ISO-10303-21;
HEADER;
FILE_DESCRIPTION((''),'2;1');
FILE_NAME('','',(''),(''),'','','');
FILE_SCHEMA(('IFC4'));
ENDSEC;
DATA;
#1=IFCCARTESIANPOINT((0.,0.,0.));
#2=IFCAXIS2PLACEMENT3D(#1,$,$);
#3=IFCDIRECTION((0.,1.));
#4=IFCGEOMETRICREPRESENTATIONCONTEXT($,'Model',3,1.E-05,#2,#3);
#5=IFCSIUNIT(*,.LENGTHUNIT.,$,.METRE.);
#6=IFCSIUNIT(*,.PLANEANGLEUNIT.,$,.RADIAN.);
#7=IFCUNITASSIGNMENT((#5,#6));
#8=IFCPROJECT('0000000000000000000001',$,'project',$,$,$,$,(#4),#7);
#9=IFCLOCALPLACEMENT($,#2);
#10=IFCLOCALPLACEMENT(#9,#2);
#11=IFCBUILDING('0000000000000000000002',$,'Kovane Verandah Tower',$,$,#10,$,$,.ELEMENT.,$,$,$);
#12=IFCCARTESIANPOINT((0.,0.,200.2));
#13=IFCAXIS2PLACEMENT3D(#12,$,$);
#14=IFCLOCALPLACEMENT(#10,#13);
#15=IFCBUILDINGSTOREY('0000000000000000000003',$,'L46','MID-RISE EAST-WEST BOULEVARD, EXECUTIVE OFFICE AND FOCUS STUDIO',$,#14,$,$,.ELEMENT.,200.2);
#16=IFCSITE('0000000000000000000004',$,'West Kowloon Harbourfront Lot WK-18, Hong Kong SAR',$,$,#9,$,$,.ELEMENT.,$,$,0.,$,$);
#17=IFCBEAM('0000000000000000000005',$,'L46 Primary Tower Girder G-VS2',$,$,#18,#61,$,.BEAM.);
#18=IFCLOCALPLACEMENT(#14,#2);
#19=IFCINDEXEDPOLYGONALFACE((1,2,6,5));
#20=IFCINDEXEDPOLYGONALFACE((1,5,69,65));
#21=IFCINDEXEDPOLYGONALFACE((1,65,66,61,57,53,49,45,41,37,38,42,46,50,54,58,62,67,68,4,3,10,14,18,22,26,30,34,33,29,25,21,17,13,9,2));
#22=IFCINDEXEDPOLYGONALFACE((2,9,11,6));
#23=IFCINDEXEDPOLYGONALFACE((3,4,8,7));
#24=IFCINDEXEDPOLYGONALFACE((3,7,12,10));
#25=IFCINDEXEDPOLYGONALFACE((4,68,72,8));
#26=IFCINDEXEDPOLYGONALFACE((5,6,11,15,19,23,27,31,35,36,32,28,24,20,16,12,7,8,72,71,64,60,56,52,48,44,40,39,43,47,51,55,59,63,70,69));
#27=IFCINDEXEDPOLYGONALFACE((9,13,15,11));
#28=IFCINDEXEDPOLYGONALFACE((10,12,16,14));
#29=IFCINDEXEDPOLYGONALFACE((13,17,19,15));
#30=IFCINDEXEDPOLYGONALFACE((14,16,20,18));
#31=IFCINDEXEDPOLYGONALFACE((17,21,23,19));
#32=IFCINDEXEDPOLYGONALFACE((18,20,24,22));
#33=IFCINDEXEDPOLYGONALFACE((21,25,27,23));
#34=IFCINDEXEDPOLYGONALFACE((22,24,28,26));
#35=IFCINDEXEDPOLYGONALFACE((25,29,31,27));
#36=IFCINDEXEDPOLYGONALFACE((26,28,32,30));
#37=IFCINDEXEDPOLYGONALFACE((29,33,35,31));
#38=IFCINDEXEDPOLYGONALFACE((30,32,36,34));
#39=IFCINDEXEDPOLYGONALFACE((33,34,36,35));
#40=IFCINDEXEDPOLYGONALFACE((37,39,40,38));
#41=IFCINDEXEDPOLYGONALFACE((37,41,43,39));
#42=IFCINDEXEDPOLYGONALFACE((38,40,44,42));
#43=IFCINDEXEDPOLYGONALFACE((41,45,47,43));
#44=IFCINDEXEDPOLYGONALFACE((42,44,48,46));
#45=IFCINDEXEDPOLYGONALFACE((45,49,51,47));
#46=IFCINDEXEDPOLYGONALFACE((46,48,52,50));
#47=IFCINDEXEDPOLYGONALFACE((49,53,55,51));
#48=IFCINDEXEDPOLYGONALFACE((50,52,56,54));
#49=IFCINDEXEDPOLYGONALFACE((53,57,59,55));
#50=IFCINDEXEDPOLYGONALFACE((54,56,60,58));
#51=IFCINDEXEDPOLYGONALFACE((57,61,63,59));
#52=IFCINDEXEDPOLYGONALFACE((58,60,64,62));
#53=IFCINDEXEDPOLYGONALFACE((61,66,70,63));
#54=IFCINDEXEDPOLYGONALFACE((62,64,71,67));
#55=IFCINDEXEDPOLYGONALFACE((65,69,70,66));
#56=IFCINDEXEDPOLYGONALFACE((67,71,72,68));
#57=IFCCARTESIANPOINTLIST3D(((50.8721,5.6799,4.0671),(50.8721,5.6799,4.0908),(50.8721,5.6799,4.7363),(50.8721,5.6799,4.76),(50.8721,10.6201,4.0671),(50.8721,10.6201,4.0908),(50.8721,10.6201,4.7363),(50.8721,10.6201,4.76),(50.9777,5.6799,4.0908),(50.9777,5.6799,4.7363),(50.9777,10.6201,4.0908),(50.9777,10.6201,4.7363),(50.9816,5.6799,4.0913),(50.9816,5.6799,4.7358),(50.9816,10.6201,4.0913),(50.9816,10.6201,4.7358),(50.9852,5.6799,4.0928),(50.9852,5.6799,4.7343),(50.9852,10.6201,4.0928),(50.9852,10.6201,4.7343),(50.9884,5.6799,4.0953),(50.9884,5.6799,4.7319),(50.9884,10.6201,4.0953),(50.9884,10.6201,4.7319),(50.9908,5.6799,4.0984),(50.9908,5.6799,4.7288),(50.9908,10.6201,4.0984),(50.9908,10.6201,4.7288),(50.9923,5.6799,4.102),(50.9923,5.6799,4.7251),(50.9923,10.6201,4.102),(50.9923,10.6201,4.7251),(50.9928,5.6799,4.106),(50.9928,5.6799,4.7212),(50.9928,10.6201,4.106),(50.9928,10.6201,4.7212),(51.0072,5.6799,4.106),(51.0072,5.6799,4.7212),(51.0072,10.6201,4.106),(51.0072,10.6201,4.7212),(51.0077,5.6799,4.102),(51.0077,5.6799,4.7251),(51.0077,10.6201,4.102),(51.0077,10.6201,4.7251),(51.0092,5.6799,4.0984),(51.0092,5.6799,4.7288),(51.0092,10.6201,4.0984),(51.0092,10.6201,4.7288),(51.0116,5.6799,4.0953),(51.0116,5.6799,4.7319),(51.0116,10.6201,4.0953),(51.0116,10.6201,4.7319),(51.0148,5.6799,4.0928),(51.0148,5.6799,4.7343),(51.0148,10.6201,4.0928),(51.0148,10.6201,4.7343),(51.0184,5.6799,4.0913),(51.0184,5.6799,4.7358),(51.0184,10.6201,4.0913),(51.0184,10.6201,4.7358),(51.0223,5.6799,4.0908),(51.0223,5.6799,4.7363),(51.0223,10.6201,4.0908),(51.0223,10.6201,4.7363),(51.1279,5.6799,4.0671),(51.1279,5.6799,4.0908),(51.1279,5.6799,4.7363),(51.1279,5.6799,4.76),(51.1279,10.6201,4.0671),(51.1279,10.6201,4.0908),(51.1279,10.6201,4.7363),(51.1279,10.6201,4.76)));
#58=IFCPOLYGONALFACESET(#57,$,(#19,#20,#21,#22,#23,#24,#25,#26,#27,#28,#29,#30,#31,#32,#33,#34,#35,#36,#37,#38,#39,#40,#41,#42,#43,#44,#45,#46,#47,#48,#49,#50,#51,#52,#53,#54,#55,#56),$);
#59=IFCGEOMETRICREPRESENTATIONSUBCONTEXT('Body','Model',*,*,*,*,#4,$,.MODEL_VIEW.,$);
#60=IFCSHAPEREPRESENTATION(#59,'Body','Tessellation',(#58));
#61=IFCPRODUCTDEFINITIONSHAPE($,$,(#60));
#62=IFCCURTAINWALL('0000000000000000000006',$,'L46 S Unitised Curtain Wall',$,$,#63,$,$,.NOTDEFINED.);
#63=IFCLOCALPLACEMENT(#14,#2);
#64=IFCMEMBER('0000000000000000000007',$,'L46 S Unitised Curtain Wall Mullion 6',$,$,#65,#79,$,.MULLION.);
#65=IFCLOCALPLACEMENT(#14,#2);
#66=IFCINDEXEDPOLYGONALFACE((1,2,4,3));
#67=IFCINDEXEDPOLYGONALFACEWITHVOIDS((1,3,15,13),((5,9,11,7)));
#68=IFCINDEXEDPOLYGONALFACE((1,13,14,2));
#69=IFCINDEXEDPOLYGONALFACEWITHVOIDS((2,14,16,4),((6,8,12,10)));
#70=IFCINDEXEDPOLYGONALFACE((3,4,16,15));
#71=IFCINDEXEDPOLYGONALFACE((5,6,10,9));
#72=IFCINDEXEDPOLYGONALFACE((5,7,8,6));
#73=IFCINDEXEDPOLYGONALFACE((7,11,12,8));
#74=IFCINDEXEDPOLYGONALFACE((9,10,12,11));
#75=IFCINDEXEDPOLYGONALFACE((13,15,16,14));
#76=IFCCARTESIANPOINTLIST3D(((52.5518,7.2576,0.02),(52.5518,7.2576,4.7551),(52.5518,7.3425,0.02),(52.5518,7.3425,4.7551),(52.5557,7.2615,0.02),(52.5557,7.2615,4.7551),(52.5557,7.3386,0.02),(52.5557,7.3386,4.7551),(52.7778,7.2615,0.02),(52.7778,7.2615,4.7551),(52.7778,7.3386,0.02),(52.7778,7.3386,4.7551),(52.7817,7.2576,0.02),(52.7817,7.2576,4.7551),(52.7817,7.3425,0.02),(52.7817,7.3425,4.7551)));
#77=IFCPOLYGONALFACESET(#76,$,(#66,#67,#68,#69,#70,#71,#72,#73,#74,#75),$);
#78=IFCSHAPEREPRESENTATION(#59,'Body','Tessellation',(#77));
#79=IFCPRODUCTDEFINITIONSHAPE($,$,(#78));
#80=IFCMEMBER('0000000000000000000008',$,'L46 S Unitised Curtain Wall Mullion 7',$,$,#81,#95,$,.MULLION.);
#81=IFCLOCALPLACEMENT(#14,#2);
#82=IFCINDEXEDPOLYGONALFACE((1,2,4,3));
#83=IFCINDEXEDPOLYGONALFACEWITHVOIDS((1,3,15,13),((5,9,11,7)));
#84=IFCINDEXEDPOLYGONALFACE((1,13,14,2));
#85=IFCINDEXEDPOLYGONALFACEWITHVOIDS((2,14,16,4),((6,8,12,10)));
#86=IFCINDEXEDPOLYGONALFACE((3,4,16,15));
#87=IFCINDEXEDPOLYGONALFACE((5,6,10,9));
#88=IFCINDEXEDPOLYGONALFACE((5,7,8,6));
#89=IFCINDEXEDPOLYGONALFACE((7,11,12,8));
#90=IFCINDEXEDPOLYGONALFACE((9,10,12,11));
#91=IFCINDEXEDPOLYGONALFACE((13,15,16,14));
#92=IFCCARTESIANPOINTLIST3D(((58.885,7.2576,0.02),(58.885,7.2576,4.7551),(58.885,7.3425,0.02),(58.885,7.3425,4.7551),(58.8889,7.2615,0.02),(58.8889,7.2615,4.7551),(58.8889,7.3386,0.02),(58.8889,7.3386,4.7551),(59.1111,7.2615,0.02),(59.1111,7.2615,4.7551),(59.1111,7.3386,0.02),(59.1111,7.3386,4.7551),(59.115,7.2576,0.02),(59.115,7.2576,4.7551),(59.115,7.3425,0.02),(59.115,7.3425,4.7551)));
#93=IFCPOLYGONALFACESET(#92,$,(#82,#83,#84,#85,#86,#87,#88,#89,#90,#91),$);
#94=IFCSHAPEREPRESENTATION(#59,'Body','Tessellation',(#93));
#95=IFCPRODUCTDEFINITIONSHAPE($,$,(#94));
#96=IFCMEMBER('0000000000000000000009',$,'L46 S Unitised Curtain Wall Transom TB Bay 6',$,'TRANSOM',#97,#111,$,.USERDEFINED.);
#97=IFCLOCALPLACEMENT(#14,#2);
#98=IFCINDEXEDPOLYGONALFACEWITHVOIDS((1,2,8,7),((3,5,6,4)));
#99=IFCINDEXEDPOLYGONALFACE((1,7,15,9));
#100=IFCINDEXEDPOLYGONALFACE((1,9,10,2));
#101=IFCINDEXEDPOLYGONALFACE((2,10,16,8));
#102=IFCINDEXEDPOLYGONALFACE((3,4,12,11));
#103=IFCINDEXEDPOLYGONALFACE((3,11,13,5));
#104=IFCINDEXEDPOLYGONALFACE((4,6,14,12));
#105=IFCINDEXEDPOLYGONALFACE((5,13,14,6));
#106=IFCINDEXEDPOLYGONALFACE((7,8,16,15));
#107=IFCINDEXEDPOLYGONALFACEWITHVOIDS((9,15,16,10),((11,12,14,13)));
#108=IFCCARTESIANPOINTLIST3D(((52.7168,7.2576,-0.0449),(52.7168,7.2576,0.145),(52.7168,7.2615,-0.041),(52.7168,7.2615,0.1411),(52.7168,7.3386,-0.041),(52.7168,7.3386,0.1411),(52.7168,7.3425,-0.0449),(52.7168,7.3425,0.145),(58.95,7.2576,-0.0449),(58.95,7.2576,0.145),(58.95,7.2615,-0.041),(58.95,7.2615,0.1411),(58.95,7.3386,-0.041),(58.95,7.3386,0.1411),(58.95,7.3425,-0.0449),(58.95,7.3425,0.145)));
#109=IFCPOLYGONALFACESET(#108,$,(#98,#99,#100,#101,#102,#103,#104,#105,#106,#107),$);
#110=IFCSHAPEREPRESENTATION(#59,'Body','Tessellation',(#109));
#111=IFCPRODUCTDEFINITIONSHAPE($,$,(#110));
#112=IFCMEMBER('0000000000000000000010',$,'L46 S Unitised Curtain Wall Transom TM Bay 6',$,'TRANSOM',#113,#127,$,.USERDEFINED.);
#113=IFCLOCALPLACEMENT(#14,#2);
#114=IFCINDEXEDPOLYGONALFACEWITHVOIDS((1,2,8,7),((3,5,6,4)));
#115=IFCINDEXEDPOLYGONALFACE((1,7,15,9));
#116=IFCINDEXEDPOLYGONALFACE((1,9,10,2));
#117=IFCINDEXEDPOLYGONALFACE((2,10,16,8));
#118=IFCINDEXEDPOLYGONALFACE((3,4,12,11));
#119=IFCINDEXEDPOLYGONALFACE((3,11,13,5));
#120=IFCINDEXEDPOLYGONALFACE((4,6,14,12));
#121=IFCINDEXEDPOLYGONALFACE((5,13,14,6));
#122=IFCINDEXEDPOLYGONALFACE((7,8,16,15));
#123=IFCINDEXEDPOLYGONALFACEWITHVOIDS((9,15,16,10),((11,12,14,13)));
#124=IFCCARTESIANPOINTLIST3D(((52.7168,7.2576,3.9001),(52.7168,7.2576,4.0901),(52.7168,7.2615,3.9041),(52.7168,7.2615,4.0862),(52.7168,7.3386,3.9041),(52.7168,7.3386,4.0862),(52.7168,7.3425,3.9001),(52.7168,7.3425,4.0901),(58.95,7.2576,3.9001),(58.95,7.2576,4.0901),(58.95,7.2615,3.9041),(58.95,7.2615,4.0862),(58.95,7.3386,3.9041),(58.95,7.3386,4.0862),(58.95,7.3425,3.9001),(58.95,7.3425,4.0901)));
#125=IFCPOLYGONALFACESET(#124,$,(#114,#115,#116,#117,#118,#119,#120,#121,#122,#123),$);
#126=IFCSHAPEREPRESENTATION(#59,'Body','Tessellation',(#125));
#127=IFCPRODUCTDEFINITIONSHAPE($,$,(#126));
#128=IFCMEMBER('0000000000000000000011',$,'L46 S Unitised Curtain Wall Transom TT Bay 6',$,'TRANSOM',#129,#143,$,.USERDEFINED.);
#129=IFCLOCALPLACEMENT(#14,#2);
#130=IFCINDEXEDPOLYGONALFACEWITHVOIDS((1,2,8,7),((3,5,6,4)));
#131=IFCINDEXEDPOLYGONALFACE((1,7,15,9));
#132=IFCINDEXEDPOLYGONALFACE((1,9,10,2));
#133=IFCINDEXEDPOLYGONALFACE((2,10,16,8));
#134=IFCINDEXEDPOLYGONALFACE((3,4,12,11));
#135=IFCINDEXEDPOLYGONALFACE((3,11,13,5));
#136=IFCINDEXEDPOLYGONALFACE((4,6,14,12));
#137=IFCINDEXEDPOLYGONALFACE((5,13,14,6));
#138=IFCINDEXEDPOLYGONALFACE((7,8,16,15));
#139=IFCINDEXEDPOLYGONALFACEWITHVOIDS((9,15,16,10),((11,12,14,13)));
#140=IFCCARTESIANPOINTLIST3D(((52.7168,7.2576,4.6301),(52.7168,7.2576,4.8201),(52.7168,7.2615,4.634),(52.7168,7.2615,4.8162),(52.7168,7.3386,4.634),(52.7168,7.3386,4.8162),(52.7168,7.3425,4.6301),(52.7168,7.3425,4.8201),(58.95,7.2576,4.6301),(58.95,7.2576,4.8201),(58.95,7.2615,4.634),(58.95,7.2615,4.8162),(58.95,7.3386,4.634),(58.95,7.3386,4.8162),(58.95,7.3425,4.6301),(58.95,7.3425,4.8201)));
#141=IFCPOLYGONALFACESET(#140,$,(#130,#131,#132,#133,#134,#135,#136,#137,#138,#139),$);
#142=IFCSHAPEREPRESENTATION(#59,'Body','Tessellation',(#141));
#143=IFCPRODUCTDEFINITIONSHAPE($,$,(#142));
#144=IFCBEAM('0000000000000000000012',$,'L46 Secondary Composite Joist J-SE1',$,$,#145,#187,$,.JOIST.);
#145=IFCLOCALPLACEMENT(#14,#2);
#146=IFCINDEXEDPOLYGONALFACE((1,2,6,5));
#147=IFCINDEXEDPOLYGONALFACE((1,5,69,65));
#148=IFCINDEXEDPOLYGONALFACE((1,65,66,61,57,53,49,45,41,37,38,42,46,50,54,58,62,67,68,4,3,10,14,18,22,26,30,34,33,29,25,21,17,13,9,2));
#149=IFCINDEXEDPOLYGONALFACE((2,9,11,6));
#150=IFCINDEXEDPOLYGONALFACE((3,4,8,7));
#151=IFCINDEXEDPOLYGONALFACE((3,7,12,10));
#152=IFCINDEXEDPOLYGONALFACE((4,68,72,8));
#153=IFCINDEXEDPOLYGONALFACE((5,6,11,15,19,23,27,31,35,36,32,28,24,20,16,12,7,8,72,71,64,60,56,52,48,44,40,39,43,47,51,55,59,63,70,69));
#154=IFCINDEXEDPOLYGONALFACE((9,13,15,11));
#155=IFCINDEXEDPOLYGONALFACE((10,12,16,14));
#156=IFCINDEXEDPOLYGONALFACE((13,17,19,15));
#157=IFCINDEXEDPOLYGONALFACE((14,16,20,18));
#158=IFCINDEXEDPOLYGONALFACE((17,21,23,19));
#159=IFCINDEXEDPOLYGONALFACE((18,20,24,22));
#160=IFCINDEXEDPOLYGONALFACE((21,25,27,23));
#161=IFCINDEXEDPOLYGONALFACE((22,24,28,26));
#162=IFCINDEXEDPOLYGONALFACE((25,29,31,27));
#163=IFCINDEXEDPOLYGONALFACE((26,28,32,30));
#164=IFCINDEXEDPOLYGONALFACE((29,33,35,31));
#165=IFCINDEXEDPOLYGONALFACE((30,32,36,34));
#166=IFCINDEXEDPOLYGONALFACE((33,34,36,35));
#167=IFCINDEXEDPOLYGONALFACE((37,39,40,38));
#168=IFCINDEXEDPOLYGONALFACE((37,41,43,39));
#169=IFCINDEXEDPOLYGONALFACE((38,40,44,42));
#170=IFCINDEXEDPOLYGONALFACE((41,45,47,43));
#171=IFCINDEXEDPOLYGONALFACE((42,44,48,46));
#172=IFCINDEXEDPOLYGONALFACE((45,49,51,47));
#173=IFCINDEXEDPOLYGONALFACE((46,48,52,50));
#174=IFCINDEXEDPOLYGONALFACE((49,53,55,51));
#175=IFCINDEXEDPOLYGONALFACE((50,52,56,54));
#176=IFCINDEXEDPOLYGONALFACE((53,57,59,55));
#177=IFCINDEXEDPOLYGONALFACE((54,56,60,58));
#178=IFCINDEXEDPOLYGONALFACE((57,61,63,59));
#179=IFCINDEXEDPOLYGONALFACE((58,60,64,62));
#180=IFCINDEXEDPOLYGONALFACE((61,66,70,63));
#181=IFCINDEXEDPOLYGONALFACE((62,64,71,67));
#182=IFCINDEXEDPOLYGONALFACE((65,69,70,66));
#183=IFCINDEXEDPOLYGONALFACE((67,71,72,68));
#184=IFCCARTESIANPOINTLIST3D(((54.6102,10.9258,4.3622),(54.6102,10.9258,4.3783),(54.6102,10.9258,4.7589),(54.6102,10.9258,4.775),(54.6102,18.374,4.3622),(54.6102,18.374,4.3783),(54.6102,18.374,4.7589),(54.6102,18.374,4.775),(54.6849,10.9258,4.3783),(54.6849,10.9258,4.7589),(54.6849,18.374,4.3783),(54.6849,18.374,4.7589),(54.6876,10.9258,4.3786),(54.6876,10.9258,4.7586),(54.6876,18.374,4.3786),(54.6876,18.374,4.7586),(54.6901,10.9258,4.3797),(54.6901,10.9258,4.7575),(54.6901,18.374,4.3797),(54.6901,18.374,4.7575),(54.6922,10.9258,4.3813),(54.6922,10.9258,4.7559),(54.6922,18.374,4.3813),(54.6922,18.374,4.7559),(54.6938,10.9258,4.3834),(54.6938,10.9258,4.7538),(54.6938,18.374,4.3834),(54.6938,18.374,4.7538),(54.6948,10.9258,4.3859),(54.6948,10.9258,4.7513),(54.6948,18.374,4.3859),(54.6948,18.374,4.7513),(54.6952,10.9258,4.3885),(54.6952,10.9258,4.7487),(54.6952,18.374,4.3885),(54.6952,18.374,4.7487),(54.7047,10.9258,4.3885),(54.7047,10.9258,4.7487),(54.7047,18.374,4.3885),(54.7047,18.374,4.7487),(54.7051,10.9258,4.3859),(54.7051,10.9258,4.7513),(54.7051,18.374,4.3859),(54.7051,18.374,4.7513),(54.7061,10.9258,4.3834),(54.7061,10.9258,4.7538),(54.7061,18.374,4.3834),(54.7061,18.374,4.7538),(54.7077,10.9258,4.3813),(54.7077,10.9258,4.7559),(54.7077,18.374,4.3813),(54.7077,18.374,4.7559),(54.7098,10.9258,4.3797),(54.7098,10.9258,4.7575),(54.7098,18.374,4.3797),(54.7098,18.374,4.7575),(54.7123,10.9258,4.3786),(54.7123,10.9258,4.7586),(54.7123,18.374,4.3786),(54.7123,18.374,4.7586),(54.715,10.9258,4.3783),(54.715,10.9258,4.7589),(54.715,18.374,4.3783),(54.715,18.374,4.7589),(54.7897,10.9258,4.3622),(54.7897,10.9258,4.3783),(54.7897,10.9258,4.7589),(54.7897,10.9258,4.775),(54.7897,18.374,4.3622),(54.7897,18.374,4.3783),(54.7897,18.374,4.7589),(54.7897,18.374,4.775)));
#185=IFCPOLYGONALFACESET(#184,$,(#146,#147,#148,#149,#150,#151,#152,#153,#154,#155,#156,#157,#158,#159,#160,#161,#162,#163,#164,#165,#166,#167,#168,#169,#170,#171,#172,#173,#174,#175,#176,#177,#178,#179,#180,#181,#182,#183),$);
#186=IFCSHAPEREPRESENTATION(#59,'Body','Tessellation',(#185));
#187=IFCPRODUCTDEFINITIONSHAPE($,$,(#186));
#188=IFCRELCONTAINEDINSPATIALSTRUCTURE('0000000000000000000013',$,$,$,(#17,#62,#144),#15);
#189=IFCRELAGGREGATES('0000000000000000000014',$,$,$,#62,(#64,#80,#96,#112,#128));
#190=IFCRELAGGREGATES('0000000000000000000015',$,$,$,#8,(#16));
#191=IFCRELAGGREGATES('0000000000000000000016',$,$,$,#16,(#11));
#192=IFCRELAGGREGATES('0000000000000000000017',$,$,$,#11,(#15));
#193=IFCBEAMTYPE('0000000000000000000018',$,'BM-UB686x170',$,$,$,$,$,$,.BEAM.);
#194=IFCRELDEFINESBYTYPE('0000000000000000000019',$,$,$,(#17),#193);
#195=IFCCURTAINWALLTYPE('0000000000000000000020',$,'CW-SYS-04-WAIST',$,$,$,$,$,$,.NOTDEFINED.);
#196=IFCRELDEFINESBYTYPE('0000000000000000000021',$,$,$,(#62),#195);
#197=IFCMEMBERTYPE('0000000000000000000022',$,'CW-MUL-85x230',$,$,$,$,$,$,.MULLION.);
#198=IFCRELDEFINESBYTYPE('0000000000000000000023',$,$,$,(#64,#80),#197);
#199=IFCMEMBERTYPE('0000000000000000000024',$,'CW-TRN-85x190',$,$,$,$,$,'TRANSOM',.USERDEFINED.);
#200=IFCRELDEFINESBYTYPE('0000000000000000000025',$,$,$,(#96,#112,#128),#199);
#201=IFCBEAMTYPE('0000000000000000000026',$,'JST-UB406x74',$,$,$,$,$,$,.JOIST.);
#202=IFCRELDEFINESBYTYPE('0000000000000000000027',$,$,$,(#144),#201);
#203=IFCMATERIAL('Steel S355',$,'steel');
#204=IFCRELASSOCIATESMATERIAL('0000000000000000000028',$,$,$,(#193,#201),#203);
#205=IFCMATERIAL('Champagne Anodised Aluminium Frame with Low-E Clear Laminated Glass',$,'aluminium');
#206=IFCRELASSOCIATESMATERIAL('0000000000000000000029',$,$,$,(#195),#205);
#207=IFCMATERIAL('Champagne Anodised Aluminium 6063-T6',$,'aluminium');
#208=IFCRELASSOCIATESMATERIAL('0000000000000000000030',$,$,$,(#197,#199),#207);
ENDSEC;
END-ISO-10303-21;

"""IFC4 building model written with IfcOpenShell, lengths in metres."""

from ifc_helpers import new_model, si_unit, direction, frame, origin, origin_2d, place, context, subcontext, project, spatial, hollow_rectangle, i_section, extrude, material, material_profile, profile_set, type_object, element, aggregate, save


model = new_model("IFC4")

# Units and contexts
model_context = context("Model", 3, precision=1e-05, world=origin(), true_north=direction((0.0, 1.0)))
body_context = subcontext(model_context, "Body", "Model", "MODEL_VIEW")
ifc_project = project(units=[si_unit("LENGTHUNIT", "METRE"), si_unit("PLANEANGLEUNIT", "RADIAN")], contexts=[model_context])

# Site, building, storey
site_placement = place(None, origin())
site = spatial("IfcSite", under=ifc_project, at=site_placement, Name="West Kowloon Harbourfront Lot WK-18, Hong Kong SAR", CompositionType="ELEMENT", RefElevation=0.0)
building_placement = place(site_placement, origin())
building = spatial("IfcBuilding", under=site, at=building_placement, Name="Kovane Verandah Tower", CompositionType="ELEMENT")
storey_placement = place(building_placement, frame((0.0, 0.0, 200.2)))
storey = spatial("IfcBuildingStorey", under=building, at=storey_placement, Name="L46", Description="MID-RISE EAST-WEST BOULEVARD, EXECUTIVE OFFICE AND FOCUS STUDIO", CompositionType="ELEMENT", Elevation=200.2)

# Beam
ifc_material_1 = material(Name="Steel S355", Category="steel")
ifc_material_profile_1 = material_profile(ifc_material_1, i_section(OverallWidth=0.2559, OverallDepth=0.6929, WebThickness=0.0144, FlangeThickness=0.0237, FilletRadius=0.0151, at=origin_2d()), Name="UB686x254x170")
ifc_profile_set_1 = profile_set([ifc_material_profile_1], Name="Steel S355")
beam_type_1 = type_object("IfcBeamType", Name="BM-UB686x170", PredefinedType="BEAM", material=ifc_profile_set_1)
beam_1_placement = place(storey_placement, frame((51.0, 10.6201, 4.4136), z_axis=(0.0, -1.0, 0.0), x_axis=(1.0, 0.0, 0.0)))
element("IfcBeam", 1, at=beam_1_placement, inside=storey, type_object=beam_type_1, Name="L46 Primary Tower Girder G-VS2", PredefinedType="BEAM", context=body_context, shape_type="SweptSolid", body=[
    extrude(i_section(OverallWidth=0.2559, OverallDepth=0.6929, WebThickness=0.0144, FlangeThickness=0.0237, FilletRadius=0.0151, at=origin_2d()), origin(), (0.0, 0.0, 1.0), 4.9402),
])

# Curtain wall, members
ifc_material_2 = material(Name="Champagne Anodised Aluminium Frame with Low-E Clear Laminated Glass", Category="aluminium")
curtain_wall_type = type_object("IfcCurtainWallType", Name="CW-SYS-04-WAIST", PredefinedType="NOTDEFINED", material=ifc_material_2)
curtain_wall_placement = place(storey_placement, origin())
curtain_wall = element("IfcCurtainWall", 2, at=curtain_wall_placement, inside=storey, type_object=curtain_wall_type, Name="L46 S Unitised Curtain Wall", PredefinedType="NOTDEFINED")
ifc_material_3 = material(Name="Champagne Anodised Aluminium 6063-T6", Category="aluminium")
ifc_material_profile_2 = material_profile(ifc_material_3, hollow_rectangle(XDim=0.085, YDim=0.23, WallThickness=0.0039, at=origin_2d()), Name="AL85x230x4")
ifc_profile_set_2 = profile_set([ifc_material_profile_2], Name="Champagne Anodised Aluminium 6063-T6")
member_type_1 = type_object("IfcMemberType", Name="CW-MUL-85x230", PredefinedType="MULLION", material=ifc_profile_set_2)
member_1_placement = place(storey_placement, frame((52.6667, 7.3, 0.02), z_axis=(0.0, 0.0, 1.0), x_axis=(0.0, -1.0, 0.0)))
member_1 = element("IfcMember", 3, at=member_1_placement, type_object=member_type_1, Name="L46 S Unitised Curtain Wall Mullion 6", PredefinedType="MULLION", context=body_context, shape_type="SweptSolid", body=[
    extrude(hollow_rectangle(XDim=0.085, YDim=0.23, WallThickness=0.0039, at=origin_2d()), origin(), (0.0, 0.0, 1.0), 4.7351),
])
member_2_placement = place(storey_placement, frame((59.0, 7.3, 0.02), z_axis=(0.0, 0.0, 1.0), x_axis=(0.0, -1.0, 0.0)))
member_2 = element("IfcMember", 4, at=member_2_placement, type_object=member_type_1, Name="L46 S Unitised Curtain Wall Mullion 7", PredefinedType="MULLION", context=body_context, shape_type="SweptSolid", body=[
    extrude(hollow_rectangle(XDim=0.085, YDim=0.23, WallThickness=0.0039, at=origin_2d()), origin(), (0.0, 0.0, 1.0), 4.7351),
])
ifc_material_profile_3 = material_profile(ifc_material_3, hollow_rectangle(XDim=0.085, YDim=0.1899, WallThickness=0.0039, at=origin_2d()), Name="AL85x190x4")
ifc_profile_set_3 = profile_set([ifc_material_profile_3], Name="Champagne Anodised Aluminium 6063-T6")
member_type_2 = type_object("IfcMemberType", Name="CW-TRN-85x190", ElementType="TRANSOM", PredefinedType="USERDEFINED", material=ifc_profile_set_3)
member_3_placement = place(storey_placement, frame((52.7168, 7.3, 0.05), z_axis=(1.0, 0.0, 0.0), x_axis=(0.0, 1.0, 0.0)))
member_3 = element("IfcMember", 5, at=member_3_placement, type_object=member_type_2, Name="L46 S Unitised Curtain Wall Transom TB Bay 6", ObjectType="TRANSOM", PredefinedType="USERDEFINED", context=body_context, shape_type="SweptSolid", body=[
    extrude(hollow_rectangle(XDim=0.085, YDim=0.1899, WallThickness=0.0039, at=origin_2d()), origin(), (0.0, 0.0, 1.0), 6.2332),
])
member_4_placement = place(storey_placement, frame((52.7168, 7.3, 3.9951), z_axis=(1.0, 0.0, 0.0), x_axis=(0.0, 1.0, 0.0)))
member_4 = element("IfcMember", 6, at=member_4_placement, type_object=member_type_2, Name="L46 S Unitised Curtain Wall Transom TM Bay 6", ObjectType="TRANSOM", PredefinedType="USERDEFINED", context=body_context, shape_type="SweptSolid", body=[
    extrude(hollow_rectangle(XDim=0.085, YDim=0.1899, WallThickness=0.0039, at=origin_2d()), origin(), (0.0, 0.0, 1.0), 6.2332),
])
member_5_placement = place(storey_placement, frame((52.7168, 7.3, 4.7251), z_axis=(1.0, 0.0, 0.0), x_axis=(0.0, 1.0, 0.0)))
member_5 = element("IfcMember", 7, at=member_5_placement, type_object=member_type_2, Name="L46 S Unitised Curtain Wall Transom TT Bay 6", ObjectType="TRANSOM", PredefinedType="USERDEFINED", context=body_context, shape_type="SweptSolid", body=[
    extrude(hollow_rectangle(XDim=0.085, YDim=0.1899, WallThickness=0.0039, at=origin_2d()), origin(), (0.0, 0.0, 1.0), 6.2332),
])

# Beam
ifc_material_profile_4 = material_profile(ifc_material_1, i_section(OverallWidth=0.1794, OverallDepth=0.4128, WebThickness=0.0095, FlangeThickness=0.0161, FilletRadius=0.0103, at=origin_2d()), Name="UB406x178x74")
ifc_profile_set_4 = profile_set([ifc_material_profile_4], Name="Steel S355")
beam_type_2 = type_object("IfcBeamType", Name="JST-UB406x74", PredefinedType="JOIST", material=ifc_profile_set_4)
beam_2_placement = place(storey_placement, frame((54.7, 10.9258, 4.5686), z_axis=(0.0, 1.0, 0.0), x_axis=(-1.0, 0.0, 0.0)))
element("IfcBeam", 8, at=beam_2_placement, inside=storey, type_object=beam_type_2, Name="L46 Secondary Composite Joist J-SE1", PredefinedType="JOIST", context=body_context, shape_type="SweptSolid", body=[
    extrude(i_section(OverallWidth=0.1794, OverallDepth=0.4128, WebThickness=0.0095, FlangeThickness=0.0161, FilletRadius=0.0103, at=origin_2d()), origin(), (0.0, 0.0, 1.0), 7.4482),
])

aggregate(curtain_wall, [member_1, member_2, member_3, member_4, member_5])

save(model, "model.ifc")
